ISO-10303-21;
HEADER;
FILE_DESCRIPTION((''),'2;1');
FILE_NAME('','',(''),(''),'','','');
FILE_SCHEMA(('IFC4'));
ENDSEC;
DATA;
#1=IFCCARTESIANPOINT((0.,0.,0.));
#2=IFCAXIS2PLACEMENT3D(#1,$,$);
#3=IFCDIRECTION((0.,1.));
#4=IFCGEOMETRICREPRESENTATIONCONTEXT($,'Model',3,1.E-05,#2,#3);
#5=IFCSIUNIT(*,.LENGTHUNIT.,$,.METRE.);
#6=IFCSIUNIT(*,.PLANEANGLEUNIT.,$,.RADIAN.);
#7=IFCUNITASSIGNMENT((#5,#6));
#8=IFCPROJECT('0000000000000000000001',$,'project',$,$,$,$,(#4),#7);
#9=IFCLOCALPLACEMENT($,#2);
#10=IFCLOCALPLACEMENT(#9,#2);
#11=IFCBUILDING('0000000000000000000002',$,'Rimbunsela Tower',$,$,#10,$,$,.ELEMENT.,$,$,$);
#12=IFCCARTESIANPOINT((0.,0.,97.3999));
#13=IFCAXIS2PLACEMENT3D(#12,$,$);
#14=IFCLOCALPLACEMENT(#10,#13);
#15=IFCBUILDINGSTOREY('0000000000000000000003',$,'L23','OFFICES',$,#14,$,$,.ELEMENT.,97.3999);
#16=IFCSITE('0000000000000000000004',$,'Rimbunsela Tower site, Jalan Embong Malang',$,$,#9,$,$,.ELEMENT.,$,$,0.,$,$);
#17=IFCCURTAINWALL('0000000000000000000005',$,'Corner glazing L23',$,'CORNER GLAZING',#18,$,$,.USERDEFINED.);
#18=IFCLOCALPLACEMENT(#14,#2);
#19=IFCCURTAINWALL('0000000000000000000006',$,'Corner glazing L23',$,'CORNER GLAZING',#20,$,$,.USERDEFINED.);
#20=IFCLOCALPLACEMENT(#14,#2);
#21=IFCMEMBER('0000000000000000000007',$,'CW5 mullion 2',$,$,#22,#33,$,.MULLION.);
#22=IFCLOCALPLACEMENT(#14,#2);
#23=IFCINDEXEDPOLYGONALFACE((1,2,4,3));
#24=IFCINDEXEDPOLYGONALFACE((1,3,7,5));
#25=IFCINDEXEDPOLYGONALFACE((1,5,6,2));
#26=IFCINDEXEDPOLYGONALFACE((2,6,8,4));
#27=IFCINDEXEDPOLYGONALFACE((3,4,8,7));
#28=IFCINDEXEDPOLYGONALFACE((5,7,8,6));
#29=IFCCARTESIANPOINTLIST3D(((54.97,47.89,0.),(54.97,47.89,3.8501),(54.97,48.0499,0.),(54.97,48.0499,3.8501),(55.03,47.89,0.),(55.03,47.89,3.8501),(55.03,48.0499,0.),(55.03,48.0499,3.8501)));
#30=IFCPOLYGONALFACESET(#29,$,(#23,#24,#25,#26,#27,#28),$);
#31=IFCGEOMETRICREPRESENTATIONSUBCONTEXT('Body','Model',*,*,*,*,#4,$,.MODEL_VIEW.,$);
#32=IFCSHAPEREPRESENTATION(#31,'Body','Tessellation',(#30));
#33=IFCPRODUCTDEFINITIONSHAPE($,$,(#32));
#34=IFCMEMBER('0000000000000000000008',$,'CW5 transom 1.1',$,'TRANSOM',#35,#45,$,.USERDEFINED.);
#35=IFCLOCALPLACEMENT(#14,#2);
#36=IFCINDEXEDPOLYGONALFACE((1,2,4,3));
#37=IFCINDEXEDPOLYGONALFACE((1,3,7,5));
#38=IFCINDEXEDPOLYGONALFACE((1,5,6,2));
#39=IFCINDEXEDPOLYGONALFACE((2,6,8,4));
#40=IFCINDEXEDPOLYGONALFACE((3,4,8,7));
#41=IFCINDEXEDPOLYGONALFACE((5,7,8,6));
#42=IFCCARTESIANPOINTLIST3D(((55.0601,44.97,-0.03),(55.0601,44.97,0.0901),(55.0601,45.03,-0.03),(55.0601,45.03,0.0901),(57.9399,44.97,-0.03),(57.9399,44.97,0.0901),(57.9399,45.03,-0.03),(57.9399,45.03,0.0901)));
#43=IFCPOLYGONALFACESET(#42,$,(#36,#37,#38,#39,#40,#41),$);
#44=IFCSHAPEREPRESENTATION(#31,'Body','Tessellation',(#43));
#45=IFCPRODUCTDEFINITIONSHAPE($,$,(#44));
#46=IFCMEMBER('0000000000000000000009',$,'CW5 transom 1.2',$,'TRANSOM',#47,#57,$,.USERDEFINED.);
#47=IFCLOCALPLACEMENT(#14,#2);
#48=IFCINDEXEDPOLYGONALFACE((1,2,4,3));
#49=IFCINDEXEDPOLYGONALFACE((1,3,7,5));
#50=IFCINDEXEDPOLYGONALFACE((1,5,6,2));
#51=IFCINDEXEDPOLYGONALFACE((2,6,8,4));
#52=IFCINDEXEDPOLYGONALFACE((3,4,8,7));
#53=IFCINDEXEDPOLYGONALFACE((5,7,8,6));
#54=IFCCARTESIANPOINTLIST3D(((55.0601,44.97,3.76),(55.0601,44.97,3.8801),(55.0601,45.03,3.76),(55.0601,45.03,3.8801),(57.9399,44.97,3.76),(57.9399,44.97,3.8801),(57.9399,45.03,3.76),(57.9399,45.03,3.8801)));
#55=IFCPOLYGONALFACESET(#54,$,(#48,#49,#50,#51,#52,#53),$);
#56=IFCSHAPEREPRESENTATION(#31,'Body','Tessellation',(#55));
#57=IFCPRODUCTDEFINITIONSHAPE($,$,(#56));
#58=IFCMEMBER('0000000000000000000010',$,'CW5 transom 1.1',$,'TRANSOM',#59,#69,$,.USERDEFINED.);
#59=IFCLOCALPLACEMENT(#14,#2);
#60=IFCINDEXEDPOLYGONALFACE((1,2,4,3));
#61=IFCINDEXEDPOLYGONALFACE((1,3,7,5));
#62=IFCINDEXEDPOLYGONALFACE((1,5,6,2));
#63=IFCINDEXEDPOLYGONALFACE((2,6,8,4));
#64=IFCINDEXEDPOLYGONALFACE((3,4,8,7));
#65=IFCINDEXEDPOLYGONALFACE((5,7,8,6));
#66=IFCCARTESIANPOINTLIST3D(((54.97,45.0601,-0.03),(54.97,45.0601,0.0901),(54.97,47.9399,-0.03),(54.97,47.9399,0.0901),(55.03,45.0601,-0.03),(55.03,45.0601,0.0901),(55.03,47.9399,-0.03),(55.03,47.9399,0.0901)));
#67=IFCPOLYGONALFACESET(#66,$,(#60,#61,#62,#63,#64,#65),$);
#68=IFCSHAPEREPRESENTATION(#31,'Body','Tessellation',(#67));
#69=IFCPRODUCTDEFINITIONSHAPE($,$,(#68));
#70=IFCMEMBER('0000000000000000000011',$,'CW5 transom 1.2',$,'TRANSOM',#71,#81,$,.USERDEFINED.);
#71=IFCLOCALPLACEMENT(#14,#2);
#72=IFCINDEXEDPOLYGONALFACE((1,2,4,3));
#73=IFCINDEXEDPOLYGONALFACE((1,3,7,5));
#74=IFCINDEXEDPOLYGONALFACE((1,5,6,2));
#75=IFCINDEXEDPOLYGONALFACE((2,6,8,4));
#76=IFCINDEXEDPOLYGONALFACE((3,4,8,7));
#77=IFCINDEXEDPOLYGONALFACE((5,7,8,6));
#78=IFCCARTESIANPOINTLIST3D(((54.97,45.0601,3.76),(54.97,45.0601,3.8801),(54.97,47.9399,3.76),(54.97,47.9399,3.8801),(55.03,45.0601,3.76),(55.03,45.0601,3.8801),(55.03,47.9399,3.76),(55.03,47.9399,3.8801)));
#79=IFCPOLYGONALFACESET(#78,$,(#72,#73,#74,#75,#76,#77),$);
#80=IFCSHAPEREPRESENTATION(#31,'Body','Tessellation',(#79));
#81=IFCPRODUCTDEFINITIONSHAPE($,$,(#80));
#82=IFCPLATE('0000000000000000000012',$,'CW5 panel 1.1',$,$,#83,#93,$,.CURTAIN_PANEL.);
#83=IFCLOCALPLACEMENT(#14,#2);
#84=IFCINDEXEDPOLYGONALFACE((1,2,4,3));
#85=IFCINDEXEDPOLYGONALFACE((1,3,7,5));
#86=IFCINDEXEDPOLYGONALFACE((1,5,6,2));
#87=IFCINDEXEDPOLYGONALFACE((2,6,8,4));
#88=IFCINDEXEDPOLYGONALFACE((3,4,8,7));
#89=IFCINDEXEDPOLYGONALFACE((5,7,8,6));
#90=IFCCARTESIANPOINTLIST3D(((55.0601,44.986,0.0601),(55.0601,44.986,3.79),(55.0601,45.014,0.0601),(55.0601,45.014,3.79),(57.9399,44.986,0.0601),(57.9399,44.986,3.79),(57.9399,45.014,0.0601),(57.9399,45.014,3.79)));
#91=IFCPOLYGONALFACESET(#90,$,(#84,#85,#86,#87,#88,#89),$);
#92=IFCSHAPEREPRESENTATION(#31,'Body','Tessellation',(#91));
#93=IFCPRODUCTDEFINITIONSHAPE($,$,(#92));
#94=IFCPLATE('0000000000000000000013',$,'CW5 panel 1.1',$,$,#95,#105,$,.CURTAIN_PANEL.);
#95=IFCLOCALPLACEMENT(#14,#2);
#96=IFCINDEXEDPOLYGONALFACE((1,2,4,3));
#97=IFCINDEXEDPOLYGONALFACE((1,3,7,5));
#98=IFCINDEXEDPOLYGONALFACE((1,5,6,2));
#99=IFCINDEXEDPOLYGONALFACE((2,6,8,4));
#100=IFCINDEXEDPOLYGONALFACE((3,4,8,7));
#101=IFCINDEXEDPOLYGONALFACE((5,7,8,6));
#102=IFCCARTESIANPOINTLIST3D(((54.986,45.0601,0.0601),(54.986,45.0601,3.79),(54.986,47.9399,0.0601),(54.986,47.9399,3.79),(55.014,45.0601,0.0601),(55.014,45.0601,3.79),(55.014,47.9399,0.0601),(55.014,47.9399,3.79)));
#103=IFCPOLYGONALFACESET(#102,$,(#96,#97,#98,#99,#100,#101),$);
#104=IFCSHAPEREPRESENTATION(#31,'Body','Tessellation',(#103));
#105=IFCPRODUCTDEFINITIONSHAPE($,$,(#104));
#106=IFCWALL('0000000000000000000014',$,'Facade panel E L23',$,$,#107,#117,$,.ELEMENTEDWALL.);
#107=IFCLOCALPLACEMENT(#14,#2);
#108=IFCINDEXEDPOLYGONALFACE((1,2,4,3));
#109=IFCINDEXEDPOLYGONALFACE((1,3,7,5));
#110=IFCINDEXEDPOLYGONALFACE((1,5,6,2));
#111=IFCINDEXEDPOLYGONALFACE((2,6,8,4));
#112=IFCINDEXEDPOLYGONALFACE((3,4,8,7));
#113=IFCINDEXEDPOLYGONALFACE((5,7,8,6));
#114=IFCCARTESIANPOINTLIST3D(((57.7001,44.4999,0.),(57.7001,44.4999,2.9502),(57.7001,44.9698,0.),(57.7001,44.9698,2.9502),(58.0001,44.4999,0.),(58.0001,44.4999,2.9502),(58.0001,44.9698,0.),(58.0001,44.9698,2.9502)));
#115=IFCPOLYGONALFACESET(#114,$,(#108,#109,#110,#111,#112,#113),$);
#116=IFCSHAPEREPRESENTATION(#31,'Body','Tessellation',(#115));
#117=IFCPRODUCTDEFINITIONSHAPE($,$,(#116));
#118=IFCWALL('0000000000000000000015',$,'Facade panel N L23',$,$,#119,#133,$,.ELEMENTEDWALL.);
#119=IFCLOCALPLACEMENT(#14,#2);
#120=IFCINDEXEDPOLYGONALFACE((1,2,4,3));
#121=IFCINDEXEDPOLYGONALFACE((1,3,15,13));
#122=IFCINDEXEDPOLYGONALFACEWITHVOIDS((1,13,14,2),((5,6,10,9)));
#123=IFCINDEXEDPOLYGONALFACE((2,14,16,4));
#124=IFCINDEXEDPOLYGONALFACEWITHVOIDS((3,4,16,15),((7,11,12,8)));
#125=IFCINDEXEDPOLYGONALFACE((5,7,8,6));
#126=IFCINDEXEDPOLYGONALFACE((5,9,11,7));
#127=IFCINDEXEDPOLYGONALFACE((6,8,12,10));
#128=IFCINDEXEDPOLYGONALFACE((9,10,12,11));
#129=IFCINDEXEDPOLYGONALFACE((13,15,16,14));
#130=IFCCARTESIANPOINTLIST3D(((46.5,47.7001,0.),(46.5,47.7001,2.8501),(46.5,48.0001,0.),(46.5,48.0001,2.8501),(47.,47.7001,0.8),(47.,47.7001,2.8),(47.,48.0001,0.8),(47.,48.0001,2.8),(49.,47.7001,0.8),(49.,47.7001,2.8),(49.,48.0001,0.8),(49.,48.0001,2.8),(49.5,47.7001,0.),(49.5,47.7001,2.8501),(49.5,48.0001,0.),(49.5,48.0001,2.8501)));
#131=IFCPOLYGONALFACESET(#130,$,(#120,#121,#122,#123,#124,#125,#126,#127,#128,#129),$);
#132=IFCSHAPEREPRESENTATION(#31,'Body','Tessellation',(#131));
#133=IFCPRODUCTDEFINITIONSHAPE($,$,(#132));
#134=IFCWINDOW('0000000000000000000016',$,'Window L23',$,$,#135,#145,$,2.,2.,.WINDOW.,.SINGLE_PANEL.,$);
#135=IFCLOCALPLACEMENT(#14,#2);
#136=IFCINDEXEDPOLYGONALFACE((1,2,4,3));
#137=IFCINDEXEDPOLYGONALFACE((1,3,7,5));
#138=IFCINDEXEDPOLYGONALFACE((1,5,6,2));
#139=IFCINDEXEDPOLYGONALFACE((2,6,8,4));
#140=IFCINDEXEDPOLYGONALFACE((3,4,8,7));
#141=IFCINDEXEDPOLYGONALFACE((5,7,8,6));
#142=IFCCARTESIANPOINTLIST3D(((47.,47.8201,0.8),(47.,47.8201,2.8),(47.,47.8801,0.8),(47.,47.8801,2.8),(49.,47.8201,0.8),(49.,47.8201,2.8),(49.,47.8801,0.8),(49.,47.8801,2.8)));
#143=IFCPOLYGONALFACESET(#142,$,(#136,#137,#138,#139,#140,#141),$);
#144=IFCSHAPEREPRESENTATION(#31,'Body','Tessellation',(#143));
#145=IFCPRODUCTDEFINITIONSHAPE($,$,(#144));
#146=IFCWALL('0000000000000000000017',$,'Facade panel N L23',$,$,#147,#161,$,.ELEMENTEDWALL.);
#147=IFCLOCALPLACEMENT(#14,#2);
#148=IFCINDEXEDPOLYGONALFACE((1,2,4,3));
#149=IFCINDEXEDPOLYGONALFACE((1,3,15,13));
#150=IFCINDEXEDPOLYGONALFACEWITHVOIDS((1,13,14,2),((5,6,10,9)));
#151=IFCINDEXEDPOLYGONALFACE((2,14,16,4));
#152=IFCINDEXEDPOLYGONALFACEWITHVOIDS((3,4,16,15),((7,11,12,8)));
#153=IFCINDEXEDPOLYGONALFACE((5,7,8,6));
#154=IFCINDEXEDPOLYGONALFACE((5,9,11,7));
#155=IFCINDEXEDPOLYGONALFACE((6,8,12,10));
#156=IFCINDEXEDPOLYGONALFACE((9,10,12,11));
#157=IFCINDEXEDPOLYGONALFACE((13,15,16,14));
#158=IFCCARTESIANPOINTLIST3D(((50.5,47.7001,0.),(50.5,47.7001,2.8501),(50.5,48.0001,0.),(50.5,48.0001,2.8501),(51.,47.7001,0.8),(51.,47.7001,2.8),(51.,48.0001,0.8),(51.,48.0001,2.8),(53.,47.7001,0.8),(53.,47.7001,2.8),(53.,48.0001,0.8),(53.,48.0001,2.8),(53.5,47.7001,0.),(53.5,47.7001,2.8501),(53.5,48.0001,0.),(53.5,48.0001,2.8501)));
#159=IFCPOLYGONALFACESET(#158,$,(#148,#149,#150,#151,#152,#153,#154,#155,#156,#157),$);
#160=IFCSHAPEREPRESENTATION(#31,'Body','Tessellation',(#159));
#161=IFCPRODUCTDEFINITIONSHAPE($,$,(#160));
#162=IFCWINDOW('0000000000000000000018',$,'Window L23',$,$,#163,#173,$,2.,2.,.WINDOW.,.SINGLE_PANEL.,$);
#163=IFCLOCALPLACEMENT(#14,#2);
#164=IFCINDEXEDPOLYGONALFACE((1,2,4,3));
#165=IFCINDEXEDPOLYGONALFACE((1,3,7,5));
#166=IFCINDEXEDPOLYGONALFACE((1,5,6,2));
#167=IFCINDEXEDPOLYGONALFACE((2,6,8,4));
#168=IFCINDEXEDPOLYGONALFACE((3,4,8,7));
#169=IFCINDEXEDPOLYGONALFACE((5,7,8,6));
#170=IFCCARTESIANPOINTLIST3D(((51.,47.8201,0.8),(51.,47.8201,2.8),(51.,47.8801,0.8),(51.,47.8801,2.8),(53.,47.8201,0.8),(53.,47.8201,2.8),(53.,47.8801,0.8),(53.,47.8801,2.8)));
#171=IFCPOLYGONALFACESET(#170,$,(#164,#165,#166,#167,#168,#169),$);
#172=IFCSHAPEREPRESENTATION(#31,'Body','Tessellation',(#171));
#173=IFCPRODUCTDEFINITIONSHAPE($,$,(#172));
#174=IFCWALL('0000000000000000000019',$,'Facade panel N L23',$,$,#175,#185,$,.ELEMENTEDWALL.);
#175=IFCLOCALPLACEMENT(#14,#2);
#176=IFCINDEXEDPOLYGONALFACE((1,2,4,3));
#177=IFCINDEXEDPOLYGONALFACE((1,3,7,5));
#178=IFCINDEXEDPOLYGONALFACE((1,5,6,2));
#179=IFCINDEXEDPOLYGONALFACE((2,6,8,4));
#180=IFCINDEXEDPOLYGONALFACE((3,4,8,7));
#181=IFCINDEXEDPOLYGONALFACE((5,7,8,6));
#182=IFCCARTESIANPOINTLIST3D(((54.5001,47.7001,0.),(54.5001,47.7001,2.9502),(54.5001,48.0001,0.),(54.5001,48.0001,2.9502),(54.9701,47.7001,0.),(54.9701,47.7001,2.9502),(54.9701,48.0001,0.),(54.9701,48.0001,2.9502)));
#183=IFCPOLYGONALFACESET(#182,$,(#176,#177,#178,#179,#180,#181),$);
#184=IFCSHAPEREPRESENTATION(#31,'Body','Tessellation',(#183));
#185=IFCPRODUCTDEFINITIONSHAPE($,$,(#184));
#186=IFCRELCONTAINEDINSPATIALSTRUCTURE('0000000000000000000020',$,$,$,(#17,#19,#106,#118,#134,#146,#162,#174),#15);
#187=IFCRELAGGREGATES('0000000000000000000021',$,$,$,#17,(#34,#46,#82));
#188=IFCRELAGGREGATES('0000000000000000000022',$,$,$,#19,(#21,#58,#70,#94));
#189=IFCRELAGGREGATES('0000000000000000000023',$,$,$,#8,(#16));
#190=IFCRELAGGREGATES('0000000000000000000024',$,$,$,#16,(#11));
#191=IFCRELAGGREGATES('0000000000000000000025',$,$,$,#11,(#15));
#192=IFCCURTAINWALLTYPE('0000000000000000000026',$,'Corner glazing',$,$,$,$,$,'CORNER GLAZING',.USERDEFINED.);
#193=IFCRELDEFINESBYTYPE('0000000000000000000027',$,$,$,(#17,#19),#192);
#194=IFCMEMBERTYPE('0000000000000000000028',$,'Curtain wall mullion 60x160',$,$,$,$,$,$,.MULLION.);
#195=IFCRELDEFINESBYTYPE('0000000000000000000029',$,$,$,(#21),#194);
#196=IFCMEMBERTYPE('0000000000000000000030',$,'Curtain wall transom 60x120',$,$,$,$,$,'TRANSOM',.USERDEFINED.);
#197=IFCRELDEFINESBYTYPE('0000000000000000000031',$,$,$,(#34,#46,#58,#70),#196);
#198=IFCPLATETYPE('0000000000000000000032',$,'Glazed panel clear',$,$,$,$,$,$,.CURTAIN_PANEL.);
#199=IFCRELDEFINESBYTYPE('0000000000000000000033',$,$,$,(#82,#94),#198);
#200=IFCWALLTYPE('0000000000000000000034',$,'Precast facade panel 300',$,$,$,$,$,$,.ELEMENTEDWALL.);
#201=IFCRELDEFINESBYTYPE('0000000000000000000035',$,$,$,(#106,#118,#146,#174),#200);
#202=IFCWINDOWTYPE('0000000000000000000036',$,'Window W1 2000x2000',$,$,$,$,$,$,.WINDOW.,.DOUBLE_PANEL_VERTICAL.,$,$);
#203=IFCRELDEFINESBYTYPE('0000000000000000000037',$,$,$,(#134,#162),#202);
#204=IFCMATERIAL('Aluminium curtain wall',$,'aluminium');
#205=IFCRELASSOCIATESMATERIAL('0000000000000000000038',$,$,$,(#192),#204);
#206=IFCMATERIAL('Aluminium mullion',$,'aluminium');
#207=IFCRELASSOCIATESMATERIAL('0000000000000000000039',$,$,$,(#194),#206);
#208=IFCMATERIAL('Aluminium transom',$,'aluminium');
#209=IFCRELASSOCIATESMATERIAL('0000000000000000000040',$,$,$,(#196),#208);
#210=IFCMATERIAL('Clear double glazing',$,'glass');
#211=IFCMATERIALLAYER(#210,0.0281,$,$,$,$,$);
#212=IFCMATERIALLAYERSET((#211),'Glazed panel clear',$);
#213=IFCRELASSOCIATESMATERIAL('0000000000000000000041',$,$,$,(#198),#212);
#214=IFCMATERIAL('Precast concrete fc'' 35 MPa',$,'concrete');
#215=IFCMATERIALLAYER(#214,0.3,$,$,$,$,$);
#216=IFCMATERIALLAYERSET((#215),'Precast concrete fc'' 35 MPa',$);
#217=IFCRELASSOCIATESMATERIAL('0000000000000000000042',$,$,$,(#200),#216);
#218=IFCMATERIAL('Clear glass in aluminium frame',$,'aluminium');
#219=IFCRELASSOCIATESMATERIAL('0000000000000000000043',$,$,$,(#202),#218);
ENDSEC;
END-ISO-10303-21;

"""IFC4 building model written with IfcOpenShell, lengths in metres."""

from ifc_helpers import new_model, si_unit, direction, frame, frame_2d, origin, origin_2d, place, context, subcontext, project, spatial, rectangle, extrude, material, layer, layer_set, material_profile, profile_set, type_object, element, fill, aggregate, save


model = new_model("IFC4")

# Units and contexts
model_context = context("Model", 3, precision=1e-05, world=origin(), true_north=direction((0.0, 1.0)))
body_context = subcontext(model_context, "Body", "Model", "MODEL_VIEW")
ifc_project = project(units=[si_unit("LENGTHUNIT", "METRE"), si_unit("PLANEANGLEUNIT", "RADIAN")], contexts=[model_context])

# Site, building, storey
site_placement = place(None, origin())
site = spatial("IfcSite", under=ifc_project, at=site_placement, Name="Rimbunsela Tower site, Jalan Embong Malang", CompositionType="ELEMENT", RefElevation=0.0)
building_placement = place(site_placement, origin())
building = spatial("IfcBuilding", under=site, at=building_placement, Name="Rimbunsela Tower", CompositionType="ELEMENT")
storey_placement = place(building_placement, frame((0.0, 0.0, 97.3999)))
storey = spatial("IfcBuildingStorey", under=building, at=storey_placement, Name="L23", Description="OFFICES", CompositionType="ELEMENT", Elevation=97.3999)

# Curtain walls, member
ifc_material_1 = material(Name="Aluminium curtain wall", Category="aluminium")
curtain_wall_type = type_object("IfcCurtainWallType", Name="Corner glazing", ElementType="CORNER GLAZING", PredefinedType="USERDEFINED", material=ifc_material_1)
curtain_wall_1_placement = place(storey_placement, origin())
curtain_wall_1 = element("IfcCurtainWall", 1, at=curtain_wall_1_placement, inside=storey, type_object=curtain_wall_type, Name="Corner glazing L23", ObjectType="CORNER GLAZING", PredefinedType="USERDEFINED")
ifc_material_2 = material(Name="Aluminium mullion", Category="aluminium")
ifc_material_profile_1 = material_profile(ifc_material_2, rectangle(XDim=0.0601, YDim=0.1599, at=origin_2d()), Name="Mullion 60x160")
ifc_profile_set_1 = profile_set([ifc_material_profile_1], Name="Aluminium mullion")
member_type_1 = type_object("IfcMemberType", Name="Curtain wall mullion 60x160", PredefinedType="MULLION", material=ifc_profile_set_1)
curtain_wall_2_placement = place(storey_placement, origin())
curtain_wall_2 = element("IfcCurtainWall", 2, at=curtain_wall_2_placement, inside=storey, type_object=curtain_wall_type, Name="Corner glazing L23", ObjectType="CORNER GLAZING", PredefinedType="USERDEFINED")
member_1_placement = place(storey_placement, frame((55.0, 47.97, 0.0), z_axis=(0.0, 0.0, 1.0), x_axis=(-1.0, 0.0, 0.0)))
member_1 = element("IfcMember", 3, at=member_1_placement, type_object=member_type_1, Name="CW5 mullion 2", PredefinedType="MULLION", context=body_context, shape_type="SweptSolid", body=[
    extrude(rectangle(XDim=0.0601, YDim=0.1599, at=origin_2d()), origin(), (0.0, 0.0, 1.0), 3.8501),
])

# Members
ifc_material_3 = material(Name="Aluminium transom", Category="aluminium")
ifc_material_profile_2 = material_profile(ifc_material_3, rectangle(XDim=0.0601, YDim=0.1201, at=origin_2d()), Name="Transom 60x120")
ifc_profile_set_2 = profile_set([ifc_material_profile_2], Name="Aluminium transom")
member_type_2 = type_object("IfcMemberType", Name="Curtain wall transom 60x120", ElementType="TRANSOM", PredefinedType="USERDEFINED", material=ifc_profile_set_2)
member_2_placement = place(storey_placement, frame((57.9399, 45.0, 0.03), z_axis=(-1.0, 0.0, 0.0), x_axis=(0.0, -1.0, 0.0)))
member_2 = element("IfcMember", 4, at=member_2_placement, type_object=member_type_2, Name="CW5 transom 1.1", ObjectType="TRANSOM", PredefinedType="USERDEFINED", context=body_context, shape_type="SweptSolid", body=[
    extrude(rectangle(XDim=0.0601, YDim=0.1201, at=origin_2d()), origin(), (0.0, 0.0, 1.0), 2.8799),
])
member_3_placement = place(storey_placement, frame((57.9399, 45.0, 3.8201), z_axis=(-1.0, 0.0, 0.0), x_axis=(0.0, -1.0, 0.0)))
member_3 = element("IfcMember", 5, at=member_3_placement, type_object=member_type_2, Name="CW5 transom 1.2", ObjectType="TRANSOM", PredefinedType="USERDEFINED", context=body_context, shape_type="SweptSolid", body=[
    extrude(rectangle(XDim=0.0601, YDim=0.1201, at=origin_2d()), origin(), (0.0, 0.0, 1.0), 2.8799),
])
member_4_placement = place(storey_placement, frame((55.0, 45.0601, 0.03), z_axis=(0.0, 1.0, 0.0), x_axis=(-1.0, 0.0, 0.0)))
member_4 = element("IfcMember", 6, at=member_4_placement, type_object=member_type_2, Name="CW5 transom 1.1", ObjectType="TRANSOM", PredefinedType="USERDEFINED", context=body_context, shape_type="SweptSolid", body=[
    extrude(rectangle(XDim=0.0601, YDim=0.1201, at=origin_2d()), origin(), (0.0, 0.0, 1.0), 2.8799),
])
member_5_placement = place(storey_placement, frame((55.0, 45.0601, 3.8201), z_axis=(0.0, 1.0, 0.0), x_axis=(-1.0, 0.0, 0.0)))
member_5 = element("IfcMember", 7, at=member_5_placement, type_object=member_type_2, Name="CW5 transom 1.2", ObjectType="TRANSOM", PredefinedType="USERDEFINED", context=body_context, shape_type="SweptSolid", body=[
    extrude(rectangle(XDim=0.0601, YDim=0.1201, at=origin_2d()), origin(), (0.0, 0.0, 1.0), 2.8799),
])

# Plates
ifc_material_4 = material(Name="Clear double glazing", Category="glass")
ifc_layer_1 = layer(ifc_material_4, 0.0281)
ifc_layer_set_1 = layer_set([ifc_layer_1], Name="Glazed panel clear")
plate_type = type_object("IfcPlateType", Name="Glazed panel clear", PredefinedType="CURTAIN_PANEL", material=ifc_layer_set_1)
plate_1_placement = place(storey_placement, frame((56.5, 45.0, 0.0601), z_axis=(0.0, 0.0, 1.0), x_axis=(-1.0, 0.0, 0.0)))
plate_1 = element("IfcPlate", 8, at=plate_1_placement, type_object=plate_type, Name="CW5 panel 1.1", PredefinedType="CURTAIN_PANEL", context=body_context, shape_type="SweptSolid", body=[
    extrude(rectangle(XDim=2.8799, YDim=0.0281, at=origin_2d()), origin(), (0.0, 0.0, 1.0), 3.73),
])
aggregate(curtain_wall_1, [member_2, member_3, plate_1])
plate_2_placement = place(storey_placement, frame((55.0, 46.5, 0.0601), z_axis=(0.0, 0.0, 1.0), x_axis=(0.0, 1.0, 0.0)))
plate_2 = element("IfcPlate", 9, at=plate_2_placement, type_object=plate_type, Name="CW5 panel 1.1", PredefinedType="CURTAIN_PANEL", context=body_context, shape_type="SweptSolid", body=[
    extrude(rectangle(XDim=2.8799, YDim=0.0281, at=origin_2d()), origin(), (0.0, 0.0, 1.0), 3.73),
])
aggregate(curtain_wall_2, [member_1, member_4, member_5, plate_2])

# Wall
ifc_material_5 = material(Name="Precast concrete fc' 35 MPa", Category="concrete")
ifc_layer_2 = layer(ifc_material_5, 0.3)
ifc_layer_set_2 = layer_set([ifc_layer_2], Name="Precast concrete fc' 35 MPa")
wall_type = type_object("IfcWallType", Name="Precast facade panel 300", PredefinedType="ELEMENTEDWALL", material=ifc_layer_set_2)
wall_1_placement = place(storey_placement, frame((57.8501, 44.5, 0.0), z_axis=(0.0, 0.0, 1.0), x_axis=(0.0, 1.0, 0.0)))
element("IfcWall", 10, at=wall_1_placement, inside=storey, type_object=wall_type, Name="Facade panel E L23", PredefinedType="ELEMENTEDWALL", context=body_context, shape_type="SweptSolid", body=[
    extrude(rectangle(XDim=0.47, YDim=0.3, at=frame_2d((0.2349, 0.0))), origin(), (0.0, 0.0, 1.0), 2.9502),
])

# Walls, openings, windows
wall_2_placement = place(storey_placement, frame((49.5, 47.8501, 0.0), z_axis=(0.0, 0.0, 1.0), x_axis=(-1.0, 0.0, 0.0)))
wall_2 = element("IfcWall", 11, at=wall_2_placement, inside=storey, type_object=wall_type, Name="Facade panel N L23", PredefinedType="ELEMENTEDWALL", context=body_context, shape_type="SweptSolid", body=[
    extrude(rectangle(XDim=3.0, YDim=0.3, at=frame_2d((1.5, 0.0))), origin(), (0.0, 0.0, 1.0), 2.8501),
])
opening_1_placement = place(wall_2_placement, frame((0.5, 0.0, 0.8)))
opening_1 = element("IfcOpeningElement", 12, at=opening_1_placement, cuts=wall_2, PredefinedType="OPENING", context=body_context, shape_type="SweptSolid", body=[
    extrude(rectangle(XDim=2.0, YDim=2.0, at=frame_2d((1.0, 1.0))), frame((0.0, 0.1599, 0.0), z_axis=(0.0, -1.0, 0.0), x_axis=(1.0, 0.0, 0.0)), (0.0, 0.0, 1.0), 0.3201),
])
ifc_material_6 = material(Name="Clear glass in aluminium frame", Category="aluminium")
window_type = type_object("IfcWindowType", Name="Window W1 2000x2000", PartitioningType="DOUBLE_PANEL_VERTICAL", PredefinedType="WINDOW", material=ifc_material_6)
window_1_placement = place(opening_1_placement, origin())
window_1 = element("IfcWindow", 13, at=window_1_placement, inside=storey, type_object=window_type, Name="Window L23", OverallHeight=2.0, OverallWidth=2.0, PartitioningType="SINGLE_PANEL", PredefinedType="WINDOW", context=body_context, shape_type="SweptSolid", body=[
    extrude(rectangle(XDim=2.0, YDim=2.0, at=frame_2d((1.0, 1.0))), frame((0.0, 0.03, 0.0), z_axis=(0.0, -1.0, 0.0), x_axis=(1.0, 0.0, 0.0)), (0.0, 0.0, 1.0), 0.0601),
])
fill(opening_1, window_1)
wall_3_placement = place(storey_placement, frame((53.5, 47.8501, 0.0), z_axis=(0.0, 0.0, 1.0), x_axis=(-1.0, 0.0, 0.0)))
wall_3 = element("IfcWall", 14, at=wall_3_placement, inside=storey, type_object=wall_type, Name="Facade panel N L23", PredefinedType="ELEMENTEDWALL", context=body_context, shape_type="SweptSolid", body=[
    extrude(rectangle(XDim=3.0, YDim=0.3, at=frame_2d((1.5, 0.0))), origin(), (0.0, 0.0, 1.0), 2.8501),
])
opening_2_placement = place(wall_3_placement, frame((0.5, 0.0, 0.8)))
opening_2 = element("IfcOpeningElement", 15, at=opening_2_placement, cuts=wall_3, PredefinedType="OPENING", context=body_context, shape_type="SweptSolid", body=[
    extrude(rectangle(XDim=2.0, YDim=2.0, at=frame_2d((1.0, 1.0))), frame((0.0, 0.1599, 0.0), z_axis=(0.0, -1.0, 0.0), x_axis=(1.0, 0.0, 0.0)), (0.0, 0.0, 1.0), 0.3201),
])
window_2_placement = place(opening_2_placement, origin())
window_2 = element("IfcWindow", 16, at=window_2_placement, inside=storey, type_object=window_type, Name="Window L23", OverallHeight=2.0, OverallWidth=2.0, PartitioningType="SINGLE_PANEL", PredefinedType="WINDOW", context=body_context, shape_type="SweptSolid", body=[
    extrude(rectangle(XDim=2.0, YDim=2.0, at=frame_2d((1.0, 1.0))), frame((0.0, 0.03, 0.0), z_axis=(0.0, -1.0, 0.0), x_axis=(1.0, 0.0, 0.0)), (0.0, 0.0, 1.0), 0.0601),
])
fill(opening_2, window_2)

# Wall
wall_4_placement = place(storey_placement, frame((54.97, 47.8501, 0.0), z_axis=(0.0, 0.0, 1.0), x_axis=(-1.0, 0.0, 0.0)))
element("IfcWall", 17, at=wall_4_placement, inside=storey, type_object=wall_type, Name="Facade panel N L23", PredefinedType="ELEMENTEDWALL", context=body_context, shape_type="SweptSolid", body=[
    extrude(rectangle(XDim=0.47, YDim=0.3, at=frame_2d((0.2349, 0.0))), origin(), (0.0, 0.0, 1.0), 2.9502),
])

save(model, "model.ifc")
